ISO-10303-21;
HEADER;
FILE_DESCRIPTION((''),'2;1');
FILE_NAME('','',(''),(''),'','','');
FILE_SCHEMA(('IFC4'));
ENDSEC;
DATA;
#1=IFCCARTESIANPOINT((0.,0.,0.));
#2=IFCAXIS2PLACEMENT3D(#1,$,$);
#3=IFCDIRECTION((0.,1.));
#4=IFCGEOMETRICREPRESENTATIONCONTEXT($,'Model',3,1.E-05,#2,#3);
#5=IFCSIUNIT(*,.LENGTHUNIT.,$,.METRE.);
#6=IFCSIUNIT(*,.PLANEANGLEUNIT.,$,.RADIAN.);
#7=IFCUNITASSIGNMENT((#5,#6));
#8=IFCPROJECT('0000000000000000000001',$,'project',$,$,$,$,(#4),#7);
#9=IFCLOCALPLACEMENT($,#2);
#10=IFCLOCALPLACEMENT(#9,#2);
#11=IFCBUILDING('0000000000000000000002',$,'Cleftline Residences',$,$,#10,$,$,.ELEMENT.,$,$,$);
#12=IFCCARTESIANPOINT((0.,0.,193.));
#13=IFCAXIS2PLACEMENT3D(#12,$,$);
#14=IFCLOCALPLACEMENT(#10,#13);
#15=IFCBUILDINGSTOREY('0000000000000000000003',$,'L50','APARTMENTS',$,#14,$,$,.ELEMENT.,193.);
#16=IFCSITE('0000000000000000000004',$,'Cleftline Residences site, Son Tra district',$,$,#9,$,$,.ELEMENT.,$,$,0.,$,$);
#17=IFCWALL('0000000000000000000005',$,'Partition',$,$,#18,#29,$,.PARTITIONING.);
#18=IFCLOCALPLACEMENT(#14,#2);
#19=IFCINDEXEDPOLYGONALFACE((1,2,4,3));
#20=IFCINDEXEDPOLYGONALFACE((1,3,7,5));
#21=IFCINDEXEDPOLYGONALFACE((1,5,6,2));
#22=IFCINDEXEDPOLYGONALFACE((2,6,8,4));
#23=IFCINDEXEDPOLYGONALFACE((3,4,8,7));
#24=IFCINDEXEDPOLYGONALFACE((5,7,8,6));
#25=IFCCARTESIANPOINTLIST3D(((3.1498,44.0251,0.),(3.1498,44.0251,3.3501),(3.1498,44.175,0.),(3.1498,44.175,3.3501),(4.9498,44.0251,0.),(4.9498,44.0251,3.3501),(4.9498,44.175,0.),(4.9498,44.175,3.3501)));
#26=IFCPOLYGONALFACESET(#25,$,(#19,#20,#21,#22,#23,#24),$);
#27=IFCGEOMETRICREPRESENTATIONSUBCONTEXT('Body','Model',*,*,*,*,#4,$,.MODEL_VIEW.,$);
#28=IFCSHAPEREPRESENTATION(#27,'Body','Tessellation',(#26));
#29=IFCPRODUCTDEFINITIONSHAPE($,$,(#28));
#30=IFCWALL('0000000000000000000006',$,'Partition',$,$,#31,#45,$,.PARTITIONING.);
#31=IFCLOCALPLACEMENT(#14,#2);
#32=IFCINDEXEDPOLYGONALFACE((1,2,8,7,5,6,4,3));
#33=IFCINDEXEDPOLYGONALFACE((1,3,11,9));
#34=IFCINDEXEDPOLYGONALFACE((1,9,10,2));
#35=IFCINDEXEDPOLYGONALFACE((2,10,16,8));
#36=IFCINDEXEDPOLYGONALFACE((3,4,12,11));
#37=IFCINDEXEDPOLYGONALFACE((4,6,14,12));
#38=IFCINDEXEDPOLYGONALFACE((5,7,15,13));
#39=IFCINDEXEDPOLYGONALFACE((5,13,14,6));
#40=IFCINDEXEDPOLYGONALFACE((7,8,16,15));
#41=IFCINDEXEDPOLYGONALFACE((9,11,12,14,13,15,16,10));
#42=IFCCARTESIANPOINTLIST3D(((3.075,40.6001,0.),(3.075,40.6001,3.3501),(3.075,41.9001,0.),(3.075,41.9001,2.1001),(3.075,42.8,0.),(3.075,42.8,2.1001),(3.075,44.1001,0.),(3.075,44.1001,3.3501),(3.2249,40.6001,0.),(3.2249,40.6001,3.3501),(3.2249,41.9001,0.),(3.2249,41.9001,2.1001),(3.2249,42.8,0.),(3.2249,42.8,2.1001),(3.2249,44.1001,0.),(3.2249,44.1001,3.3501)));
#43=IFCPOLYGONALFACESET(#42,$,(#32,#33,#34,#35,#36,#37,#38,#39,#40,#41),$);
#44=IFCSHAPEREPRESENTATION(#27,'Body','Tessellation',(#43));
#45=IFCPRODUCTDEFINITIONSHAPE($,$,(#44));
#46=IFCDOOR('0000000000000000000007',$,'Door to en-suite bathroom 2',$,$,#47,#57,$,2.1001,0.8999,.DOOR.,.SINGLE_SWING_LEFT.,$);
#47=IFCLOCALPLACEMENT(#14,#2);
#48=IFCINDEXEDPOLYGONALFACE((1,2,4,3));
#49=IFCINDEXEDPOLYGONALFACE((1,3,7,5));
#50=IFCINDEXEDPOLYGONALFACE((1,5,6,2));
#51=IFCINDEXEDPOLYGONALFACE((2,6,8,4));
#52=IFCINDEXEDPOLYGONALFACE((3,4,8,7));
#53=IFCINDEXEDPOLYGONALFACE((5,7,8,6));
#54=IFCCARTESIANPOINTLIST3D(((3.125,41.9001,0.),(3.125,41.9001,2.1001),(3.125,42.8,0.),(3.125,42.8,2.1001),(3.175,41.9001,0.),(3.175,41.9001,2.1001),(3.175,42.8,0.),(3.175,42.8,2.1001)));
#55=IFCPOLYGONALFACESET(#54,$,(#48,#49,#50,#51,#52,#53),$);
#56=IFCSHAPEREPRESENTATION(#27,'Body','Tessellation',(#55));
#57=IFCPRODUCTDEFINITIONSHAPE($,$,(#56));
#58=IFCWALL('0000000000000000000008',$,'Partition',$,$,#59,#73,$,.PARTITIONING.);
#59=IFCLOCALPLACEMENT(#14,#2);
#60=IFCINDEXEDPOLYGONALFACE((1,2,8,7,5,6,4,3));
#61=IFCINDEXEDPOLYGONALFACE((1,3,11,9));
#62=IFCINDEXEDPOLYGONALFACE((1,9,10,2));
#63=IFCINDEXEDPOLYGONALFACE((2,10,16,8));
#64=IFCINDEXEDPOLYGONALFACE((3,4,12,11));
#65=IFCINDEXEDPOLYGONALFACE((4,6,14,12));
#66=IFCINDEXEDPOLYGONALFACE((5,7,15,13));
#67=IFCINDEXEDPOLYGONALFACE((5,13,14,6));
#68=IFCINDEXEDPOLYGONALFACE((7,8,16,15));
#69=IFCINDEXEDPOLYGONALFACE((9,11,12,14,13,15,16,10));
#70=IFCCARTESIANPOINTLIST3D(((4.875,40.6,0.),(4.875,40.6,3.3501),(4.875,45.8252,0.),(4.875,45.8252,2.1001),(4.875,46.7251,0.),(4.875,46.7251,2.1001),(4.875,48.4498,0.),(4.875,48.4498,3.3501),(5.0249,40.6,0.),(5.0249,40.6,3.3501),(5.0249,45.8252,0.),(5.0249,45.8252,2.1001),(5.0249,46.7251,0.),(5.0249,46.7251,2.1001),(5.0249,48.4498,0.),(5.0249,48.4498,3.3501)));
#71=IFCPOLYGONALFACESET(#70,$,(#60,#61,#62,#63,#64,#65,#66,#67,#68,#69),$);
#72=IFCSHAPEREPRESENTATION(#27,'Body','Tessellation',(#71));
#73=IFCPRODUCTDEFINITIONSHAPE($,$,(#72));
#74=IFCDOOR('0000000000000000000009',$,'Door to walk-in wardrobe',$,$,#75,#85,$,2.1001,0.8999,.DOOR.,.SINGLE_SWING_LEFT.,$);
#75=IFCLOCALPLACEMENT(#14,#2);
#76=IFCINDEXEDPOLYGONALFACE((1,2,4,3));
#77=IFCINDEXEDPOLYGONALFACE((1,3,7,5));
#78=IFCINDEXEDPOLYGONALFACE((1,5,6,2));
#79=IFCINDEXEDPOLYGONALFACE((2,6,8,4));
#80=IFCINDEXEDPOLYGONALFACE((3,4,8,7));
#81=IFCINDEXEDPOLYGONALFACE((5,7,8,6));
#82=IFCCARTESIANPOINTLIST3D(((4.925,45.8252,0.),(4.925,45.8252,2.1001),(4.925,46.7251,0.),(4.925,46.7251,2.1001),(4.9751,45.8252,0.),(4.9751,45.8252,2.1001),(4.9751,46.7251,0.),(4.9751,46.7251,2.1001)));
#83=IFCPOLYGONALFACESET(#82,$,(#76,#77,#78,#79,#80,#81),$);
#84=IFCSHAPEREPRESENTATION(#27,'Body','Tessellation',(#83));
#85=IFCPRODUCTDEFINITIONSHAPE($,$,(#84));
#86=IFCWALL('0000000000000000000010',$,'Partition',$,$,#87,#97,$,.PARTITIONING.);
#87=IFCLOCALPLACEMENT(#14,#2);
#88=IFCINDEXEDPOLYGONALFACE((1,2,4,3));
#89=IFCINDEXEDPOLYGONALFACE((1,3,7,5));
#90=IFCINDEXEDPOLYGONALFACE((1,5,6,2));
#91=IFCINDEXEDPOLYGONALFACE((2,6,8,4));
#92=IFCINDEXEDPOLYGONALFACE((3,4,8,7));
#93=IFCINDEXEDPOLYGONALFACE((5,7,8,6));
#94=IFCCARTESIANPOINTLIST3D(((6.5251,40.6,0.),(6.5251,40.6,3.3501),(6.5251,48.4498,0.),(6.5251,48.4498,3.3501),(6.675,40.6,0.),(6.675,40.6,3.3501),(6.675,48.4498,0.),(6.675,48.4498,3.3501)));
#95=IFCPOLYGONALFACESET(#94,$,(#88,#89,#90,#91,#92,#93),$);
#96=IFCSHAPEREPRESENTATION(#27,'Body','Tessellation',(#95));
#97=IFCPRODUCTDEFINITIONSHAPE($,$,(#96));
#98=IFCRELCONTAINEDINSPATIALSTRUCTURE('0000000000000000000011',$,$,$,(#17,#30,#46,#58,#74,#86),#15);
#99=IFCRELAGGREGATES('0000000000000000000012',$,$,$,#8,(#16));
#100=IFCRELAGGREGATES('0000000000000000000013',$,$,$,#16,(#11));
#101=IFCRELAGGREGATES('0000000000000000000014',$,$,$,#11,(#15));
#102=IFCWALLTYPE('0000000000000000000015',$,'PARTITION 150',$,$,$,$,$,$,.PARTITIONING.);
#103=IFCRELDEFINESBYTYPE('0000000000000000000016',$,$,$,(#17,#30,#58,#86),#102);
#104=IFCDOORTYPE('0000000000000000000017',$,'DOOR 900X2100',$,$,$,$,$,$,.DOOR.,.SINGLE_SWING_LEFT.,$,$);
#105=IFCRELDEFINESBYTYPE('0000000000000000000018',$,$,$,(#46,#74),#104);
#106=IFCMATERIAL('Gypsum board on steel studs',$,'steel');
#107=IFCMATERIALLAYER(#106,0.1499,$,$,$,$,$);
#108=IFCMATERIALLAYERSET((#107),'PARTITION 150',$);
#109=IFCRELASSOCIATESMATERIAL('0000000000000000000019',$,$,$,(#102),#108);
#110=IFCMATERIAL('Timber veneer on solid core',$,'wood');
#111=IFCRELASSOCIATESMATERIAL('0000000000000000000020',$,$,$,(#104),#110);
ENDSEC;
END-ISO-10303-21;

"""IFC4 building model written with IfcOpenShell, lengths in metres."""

from ifc_helpers import new_model, si_unit, direction, frame, frame_2d, origin, place, context, subcontext, project, spatial, rectangle, extrude, material, layer, layer_set, type_object, element, fill, save


model = new_model("IFC4")

# Units and contexts
model_context = context("Model", 3, precision=1e-05, world=origin(), true_north=direction((0.0, 1.0)))
body_context = subcontext(model_context, "Body", "Model", "MODEL_VIEW")
ifc_project = project(units=[si_unit("LENGTHUNIT", "METRE"), si_unit("PLANEANGLEUNIT", "RADIAN")], contexts=[model_context])

# Site, building, storey
site_placement = place(None, origin())
site = spatial("IfcSite", under=ifc_project, at=site_placement, Name="Cleftline Residences site, Son Tra district", CompositionType="ELEMENT", RefElevation=0.0)
building_placement = place(site_placement, origin())
building = spatial("IfcBuilding", under=site, at=building_placement, Name="Cleftline Residences", CompositionType="ELEMENT")
storey_placement = place(building_placement, frame((0.0, 0.0, 193.0)))
storey = spatial("IfcBuildingStorey", under=building, at=storey_placement, Name="L50", Description="APARTMENTS", CompositionType="ELEMENT", Elevation=193.0)

# Wall
ifc_material_1 = material(Name="Gypsum board on steel studs", Category="steel")
ifc_layer_1 = layer(ifc_material_1, 0.1499)
ifc_layer_set_1 = layer_set([ifc_layer_1], Name="PARTITION 150")
wall_type_1 = type_object("IfcWallType", Name="PARTITION 150", PredefinedType="PARTITIONING", material=ifc_layer_set_1)
wall_1_placement = place(storey_placement, frame((3.1499, 44.1001, 0.0), z_axis=(0.0, 0.0, 1.0), x_axis=(1.0, 0.0, 0.0)))
element("IfcWall", 1, at=wall_1_placement, inside=storey, type_object=wall_type_1, Name="Partition", PredefinedType="PARTITIONING", context=body_context, shape_type="SweptSolid", body=[
    extrude(rectangle(XDim=1.8, YDim=0.1499, at=frame_2d((0.8999, 0.0))), origin(), (0.0, 0.0, 1.0), 3.3501),
])

# Walls, openings, doors
wall_2_placement = place(storey_placement, frame((3.1499, 40.6001, 0.0), z_axis=(0.0, 0.0, 1.0), x_axis=(0.0, 1.0, 0.0)))
wall_2 = element("IfcWall", 2, at=wall_2_placement, inside=storey, type_object=wall_type_1, Name="Partition", PredefinedType="PARTITIONING", context=body_context, shape_type="SweptSolid", body=[
    extrude(rectangle(XDim=3.5, YDim=0.1499, at=frame_2d((1.75, 0.0))), origin(), (0.0, 0.0, 1.0), 3.3501),
])
opening_1_placement = place(wall_2_placement, frame((1.3, 0.0, 0.0)))
opening_1 = element("IfcOpeningElement", 3, at=opening_1_placement, cuts=wall_2, PredefinedType="OPENING", context=body_context, shape_type="SweptSolid", body=[
    extrude(rectangle(XDim=0.8999, YDim=2.1001, at=frame_2d((0.45, 1.05))), frame((0.0, 0.085, 0.0), z_axis=(0.0, -1.0, 0.0), x_axis=(1.0, 0.0, 0.0)), (0.0, 0.0, 1.0), 0.1699),
])
ifc_material_2 = material(Name="Timber veneer on solid core", Category="wood")
door_type = type_object("IfcDoorType", Name="DOOR 900X2100", OperationType="SINGLE_SWING_LEFT", PredefinedType="DOOR", material=ifc_material_2)
door_1_placement = place(opening_1_placement, origin())
door_1 = element("IfcDoor", 4, at=door_1_placement, inside=storey, type_object=door_type, Name="Door to en-suite bathroom 2", OperationType="SINGLE_SWING_LEFT", OverallHeight=2.1001, OverallWidth=0.8999, PredefinedType="DOOR", context=body_context, shape_type="SweptSolid", body=[
    extrude(rectangle(XDim=0.8999, YDim=2.1001, at=frame_2d((0.45, 1.05))), frame((0.0, 0.0249, 0.0), z_axis=(0.0, -1.0, 0.0), x_axis=(1.0, 0.0, 0.0)), (0.0, 0.0, 1.0), 0.05),
])
fill(opening_1, door_1)
wall_3_placement = place(storey_placement, frame((4.95, 40.6001, 0.0), z_axis=(0.0, 0.0, 1.0), x_axis=(0.0, 1.0, 0.0)))
wall_3 = element("IfcWall", 5, at=wall_3_placement, inside=storey, type_object=wall_type_1, Name="Partition", PredefinedType="PARTITIONING", context=body_context, shape_type="SweptSolid", body=[
    extrude(rectangle(XDim=7.8499, YDim=0.1499, at=frame_2d((3.9248, 0.0))), origin(), (0.0, 0.0, 1.0), 3.3501),
])
opening_2_placement = place(wall_3_placement, frame((5.2251, 0.0, 0.0)))
opening_2 = element("IfcOpeningElement", 6, at=opening_2_placement, cuts=wall_3, PredefinedType="OPENING", context=body_context, shape_type="SweptSolid", body=[
    extrude(rectangle(XDim=0.8999, YDim=2.1001, at=frame_2d((0.45, 1.05))), frame((0.0, 0.085, 0.0), z_axis=(0.0, -1.0, 0.0), x_axis=(1.0, 0.0, 0.0)), (0.0, 0.0, 1.0), 0.1699),
])
door_2_placement = place(opening_2_placement, origin())
door_2 = element("IfcDoor", 7, at=door_2_placement, inside=storey, type_object=door_type, Name="Door to walk-in wardrobe", OperationType="SINGLE_SWING_LEFT", OverallHeight=2.1001, OverallWidth=0.8999, PredefinedType="DOOR", context=body_context, shape_type="SweptSolid", body=[
    extrude(rectangle(XDim=0.8999, YDim=2.1001, at=frame_2d((0.45, 1.05))), frame((0.0, 0.0249, 0.0), z_axis=(0.0, -1.0, 0.0), x_axis=(1.0, 0.0, 0.0)), (0.0, 0.0, 1.0), 0.05),
])
fill(opening_2, door_2)

# Wall
wall_4_placement = place(storey_placement, frame((6.6001, 40.6001, 0.0), z_axis=(0.0, 0.0, 1.0), x_axis=(0.0, 1.0, 0.0)))
element("IfcWall", 8, at=wall_4_placement, inside=storey, type_object=wall_type_1, Name="Partition", PredefinedType="PARTITIONING", context=body_context, shape_type="SweptSolid", body=[
    extrude(rectangle(XDim=7.8499, YDim=0.1499, at=frame_2d((3.9248, 0.0))), origin(), (0.0, 0.0, 1.0), 3.3501),
])

save(model, "model.ifc")
